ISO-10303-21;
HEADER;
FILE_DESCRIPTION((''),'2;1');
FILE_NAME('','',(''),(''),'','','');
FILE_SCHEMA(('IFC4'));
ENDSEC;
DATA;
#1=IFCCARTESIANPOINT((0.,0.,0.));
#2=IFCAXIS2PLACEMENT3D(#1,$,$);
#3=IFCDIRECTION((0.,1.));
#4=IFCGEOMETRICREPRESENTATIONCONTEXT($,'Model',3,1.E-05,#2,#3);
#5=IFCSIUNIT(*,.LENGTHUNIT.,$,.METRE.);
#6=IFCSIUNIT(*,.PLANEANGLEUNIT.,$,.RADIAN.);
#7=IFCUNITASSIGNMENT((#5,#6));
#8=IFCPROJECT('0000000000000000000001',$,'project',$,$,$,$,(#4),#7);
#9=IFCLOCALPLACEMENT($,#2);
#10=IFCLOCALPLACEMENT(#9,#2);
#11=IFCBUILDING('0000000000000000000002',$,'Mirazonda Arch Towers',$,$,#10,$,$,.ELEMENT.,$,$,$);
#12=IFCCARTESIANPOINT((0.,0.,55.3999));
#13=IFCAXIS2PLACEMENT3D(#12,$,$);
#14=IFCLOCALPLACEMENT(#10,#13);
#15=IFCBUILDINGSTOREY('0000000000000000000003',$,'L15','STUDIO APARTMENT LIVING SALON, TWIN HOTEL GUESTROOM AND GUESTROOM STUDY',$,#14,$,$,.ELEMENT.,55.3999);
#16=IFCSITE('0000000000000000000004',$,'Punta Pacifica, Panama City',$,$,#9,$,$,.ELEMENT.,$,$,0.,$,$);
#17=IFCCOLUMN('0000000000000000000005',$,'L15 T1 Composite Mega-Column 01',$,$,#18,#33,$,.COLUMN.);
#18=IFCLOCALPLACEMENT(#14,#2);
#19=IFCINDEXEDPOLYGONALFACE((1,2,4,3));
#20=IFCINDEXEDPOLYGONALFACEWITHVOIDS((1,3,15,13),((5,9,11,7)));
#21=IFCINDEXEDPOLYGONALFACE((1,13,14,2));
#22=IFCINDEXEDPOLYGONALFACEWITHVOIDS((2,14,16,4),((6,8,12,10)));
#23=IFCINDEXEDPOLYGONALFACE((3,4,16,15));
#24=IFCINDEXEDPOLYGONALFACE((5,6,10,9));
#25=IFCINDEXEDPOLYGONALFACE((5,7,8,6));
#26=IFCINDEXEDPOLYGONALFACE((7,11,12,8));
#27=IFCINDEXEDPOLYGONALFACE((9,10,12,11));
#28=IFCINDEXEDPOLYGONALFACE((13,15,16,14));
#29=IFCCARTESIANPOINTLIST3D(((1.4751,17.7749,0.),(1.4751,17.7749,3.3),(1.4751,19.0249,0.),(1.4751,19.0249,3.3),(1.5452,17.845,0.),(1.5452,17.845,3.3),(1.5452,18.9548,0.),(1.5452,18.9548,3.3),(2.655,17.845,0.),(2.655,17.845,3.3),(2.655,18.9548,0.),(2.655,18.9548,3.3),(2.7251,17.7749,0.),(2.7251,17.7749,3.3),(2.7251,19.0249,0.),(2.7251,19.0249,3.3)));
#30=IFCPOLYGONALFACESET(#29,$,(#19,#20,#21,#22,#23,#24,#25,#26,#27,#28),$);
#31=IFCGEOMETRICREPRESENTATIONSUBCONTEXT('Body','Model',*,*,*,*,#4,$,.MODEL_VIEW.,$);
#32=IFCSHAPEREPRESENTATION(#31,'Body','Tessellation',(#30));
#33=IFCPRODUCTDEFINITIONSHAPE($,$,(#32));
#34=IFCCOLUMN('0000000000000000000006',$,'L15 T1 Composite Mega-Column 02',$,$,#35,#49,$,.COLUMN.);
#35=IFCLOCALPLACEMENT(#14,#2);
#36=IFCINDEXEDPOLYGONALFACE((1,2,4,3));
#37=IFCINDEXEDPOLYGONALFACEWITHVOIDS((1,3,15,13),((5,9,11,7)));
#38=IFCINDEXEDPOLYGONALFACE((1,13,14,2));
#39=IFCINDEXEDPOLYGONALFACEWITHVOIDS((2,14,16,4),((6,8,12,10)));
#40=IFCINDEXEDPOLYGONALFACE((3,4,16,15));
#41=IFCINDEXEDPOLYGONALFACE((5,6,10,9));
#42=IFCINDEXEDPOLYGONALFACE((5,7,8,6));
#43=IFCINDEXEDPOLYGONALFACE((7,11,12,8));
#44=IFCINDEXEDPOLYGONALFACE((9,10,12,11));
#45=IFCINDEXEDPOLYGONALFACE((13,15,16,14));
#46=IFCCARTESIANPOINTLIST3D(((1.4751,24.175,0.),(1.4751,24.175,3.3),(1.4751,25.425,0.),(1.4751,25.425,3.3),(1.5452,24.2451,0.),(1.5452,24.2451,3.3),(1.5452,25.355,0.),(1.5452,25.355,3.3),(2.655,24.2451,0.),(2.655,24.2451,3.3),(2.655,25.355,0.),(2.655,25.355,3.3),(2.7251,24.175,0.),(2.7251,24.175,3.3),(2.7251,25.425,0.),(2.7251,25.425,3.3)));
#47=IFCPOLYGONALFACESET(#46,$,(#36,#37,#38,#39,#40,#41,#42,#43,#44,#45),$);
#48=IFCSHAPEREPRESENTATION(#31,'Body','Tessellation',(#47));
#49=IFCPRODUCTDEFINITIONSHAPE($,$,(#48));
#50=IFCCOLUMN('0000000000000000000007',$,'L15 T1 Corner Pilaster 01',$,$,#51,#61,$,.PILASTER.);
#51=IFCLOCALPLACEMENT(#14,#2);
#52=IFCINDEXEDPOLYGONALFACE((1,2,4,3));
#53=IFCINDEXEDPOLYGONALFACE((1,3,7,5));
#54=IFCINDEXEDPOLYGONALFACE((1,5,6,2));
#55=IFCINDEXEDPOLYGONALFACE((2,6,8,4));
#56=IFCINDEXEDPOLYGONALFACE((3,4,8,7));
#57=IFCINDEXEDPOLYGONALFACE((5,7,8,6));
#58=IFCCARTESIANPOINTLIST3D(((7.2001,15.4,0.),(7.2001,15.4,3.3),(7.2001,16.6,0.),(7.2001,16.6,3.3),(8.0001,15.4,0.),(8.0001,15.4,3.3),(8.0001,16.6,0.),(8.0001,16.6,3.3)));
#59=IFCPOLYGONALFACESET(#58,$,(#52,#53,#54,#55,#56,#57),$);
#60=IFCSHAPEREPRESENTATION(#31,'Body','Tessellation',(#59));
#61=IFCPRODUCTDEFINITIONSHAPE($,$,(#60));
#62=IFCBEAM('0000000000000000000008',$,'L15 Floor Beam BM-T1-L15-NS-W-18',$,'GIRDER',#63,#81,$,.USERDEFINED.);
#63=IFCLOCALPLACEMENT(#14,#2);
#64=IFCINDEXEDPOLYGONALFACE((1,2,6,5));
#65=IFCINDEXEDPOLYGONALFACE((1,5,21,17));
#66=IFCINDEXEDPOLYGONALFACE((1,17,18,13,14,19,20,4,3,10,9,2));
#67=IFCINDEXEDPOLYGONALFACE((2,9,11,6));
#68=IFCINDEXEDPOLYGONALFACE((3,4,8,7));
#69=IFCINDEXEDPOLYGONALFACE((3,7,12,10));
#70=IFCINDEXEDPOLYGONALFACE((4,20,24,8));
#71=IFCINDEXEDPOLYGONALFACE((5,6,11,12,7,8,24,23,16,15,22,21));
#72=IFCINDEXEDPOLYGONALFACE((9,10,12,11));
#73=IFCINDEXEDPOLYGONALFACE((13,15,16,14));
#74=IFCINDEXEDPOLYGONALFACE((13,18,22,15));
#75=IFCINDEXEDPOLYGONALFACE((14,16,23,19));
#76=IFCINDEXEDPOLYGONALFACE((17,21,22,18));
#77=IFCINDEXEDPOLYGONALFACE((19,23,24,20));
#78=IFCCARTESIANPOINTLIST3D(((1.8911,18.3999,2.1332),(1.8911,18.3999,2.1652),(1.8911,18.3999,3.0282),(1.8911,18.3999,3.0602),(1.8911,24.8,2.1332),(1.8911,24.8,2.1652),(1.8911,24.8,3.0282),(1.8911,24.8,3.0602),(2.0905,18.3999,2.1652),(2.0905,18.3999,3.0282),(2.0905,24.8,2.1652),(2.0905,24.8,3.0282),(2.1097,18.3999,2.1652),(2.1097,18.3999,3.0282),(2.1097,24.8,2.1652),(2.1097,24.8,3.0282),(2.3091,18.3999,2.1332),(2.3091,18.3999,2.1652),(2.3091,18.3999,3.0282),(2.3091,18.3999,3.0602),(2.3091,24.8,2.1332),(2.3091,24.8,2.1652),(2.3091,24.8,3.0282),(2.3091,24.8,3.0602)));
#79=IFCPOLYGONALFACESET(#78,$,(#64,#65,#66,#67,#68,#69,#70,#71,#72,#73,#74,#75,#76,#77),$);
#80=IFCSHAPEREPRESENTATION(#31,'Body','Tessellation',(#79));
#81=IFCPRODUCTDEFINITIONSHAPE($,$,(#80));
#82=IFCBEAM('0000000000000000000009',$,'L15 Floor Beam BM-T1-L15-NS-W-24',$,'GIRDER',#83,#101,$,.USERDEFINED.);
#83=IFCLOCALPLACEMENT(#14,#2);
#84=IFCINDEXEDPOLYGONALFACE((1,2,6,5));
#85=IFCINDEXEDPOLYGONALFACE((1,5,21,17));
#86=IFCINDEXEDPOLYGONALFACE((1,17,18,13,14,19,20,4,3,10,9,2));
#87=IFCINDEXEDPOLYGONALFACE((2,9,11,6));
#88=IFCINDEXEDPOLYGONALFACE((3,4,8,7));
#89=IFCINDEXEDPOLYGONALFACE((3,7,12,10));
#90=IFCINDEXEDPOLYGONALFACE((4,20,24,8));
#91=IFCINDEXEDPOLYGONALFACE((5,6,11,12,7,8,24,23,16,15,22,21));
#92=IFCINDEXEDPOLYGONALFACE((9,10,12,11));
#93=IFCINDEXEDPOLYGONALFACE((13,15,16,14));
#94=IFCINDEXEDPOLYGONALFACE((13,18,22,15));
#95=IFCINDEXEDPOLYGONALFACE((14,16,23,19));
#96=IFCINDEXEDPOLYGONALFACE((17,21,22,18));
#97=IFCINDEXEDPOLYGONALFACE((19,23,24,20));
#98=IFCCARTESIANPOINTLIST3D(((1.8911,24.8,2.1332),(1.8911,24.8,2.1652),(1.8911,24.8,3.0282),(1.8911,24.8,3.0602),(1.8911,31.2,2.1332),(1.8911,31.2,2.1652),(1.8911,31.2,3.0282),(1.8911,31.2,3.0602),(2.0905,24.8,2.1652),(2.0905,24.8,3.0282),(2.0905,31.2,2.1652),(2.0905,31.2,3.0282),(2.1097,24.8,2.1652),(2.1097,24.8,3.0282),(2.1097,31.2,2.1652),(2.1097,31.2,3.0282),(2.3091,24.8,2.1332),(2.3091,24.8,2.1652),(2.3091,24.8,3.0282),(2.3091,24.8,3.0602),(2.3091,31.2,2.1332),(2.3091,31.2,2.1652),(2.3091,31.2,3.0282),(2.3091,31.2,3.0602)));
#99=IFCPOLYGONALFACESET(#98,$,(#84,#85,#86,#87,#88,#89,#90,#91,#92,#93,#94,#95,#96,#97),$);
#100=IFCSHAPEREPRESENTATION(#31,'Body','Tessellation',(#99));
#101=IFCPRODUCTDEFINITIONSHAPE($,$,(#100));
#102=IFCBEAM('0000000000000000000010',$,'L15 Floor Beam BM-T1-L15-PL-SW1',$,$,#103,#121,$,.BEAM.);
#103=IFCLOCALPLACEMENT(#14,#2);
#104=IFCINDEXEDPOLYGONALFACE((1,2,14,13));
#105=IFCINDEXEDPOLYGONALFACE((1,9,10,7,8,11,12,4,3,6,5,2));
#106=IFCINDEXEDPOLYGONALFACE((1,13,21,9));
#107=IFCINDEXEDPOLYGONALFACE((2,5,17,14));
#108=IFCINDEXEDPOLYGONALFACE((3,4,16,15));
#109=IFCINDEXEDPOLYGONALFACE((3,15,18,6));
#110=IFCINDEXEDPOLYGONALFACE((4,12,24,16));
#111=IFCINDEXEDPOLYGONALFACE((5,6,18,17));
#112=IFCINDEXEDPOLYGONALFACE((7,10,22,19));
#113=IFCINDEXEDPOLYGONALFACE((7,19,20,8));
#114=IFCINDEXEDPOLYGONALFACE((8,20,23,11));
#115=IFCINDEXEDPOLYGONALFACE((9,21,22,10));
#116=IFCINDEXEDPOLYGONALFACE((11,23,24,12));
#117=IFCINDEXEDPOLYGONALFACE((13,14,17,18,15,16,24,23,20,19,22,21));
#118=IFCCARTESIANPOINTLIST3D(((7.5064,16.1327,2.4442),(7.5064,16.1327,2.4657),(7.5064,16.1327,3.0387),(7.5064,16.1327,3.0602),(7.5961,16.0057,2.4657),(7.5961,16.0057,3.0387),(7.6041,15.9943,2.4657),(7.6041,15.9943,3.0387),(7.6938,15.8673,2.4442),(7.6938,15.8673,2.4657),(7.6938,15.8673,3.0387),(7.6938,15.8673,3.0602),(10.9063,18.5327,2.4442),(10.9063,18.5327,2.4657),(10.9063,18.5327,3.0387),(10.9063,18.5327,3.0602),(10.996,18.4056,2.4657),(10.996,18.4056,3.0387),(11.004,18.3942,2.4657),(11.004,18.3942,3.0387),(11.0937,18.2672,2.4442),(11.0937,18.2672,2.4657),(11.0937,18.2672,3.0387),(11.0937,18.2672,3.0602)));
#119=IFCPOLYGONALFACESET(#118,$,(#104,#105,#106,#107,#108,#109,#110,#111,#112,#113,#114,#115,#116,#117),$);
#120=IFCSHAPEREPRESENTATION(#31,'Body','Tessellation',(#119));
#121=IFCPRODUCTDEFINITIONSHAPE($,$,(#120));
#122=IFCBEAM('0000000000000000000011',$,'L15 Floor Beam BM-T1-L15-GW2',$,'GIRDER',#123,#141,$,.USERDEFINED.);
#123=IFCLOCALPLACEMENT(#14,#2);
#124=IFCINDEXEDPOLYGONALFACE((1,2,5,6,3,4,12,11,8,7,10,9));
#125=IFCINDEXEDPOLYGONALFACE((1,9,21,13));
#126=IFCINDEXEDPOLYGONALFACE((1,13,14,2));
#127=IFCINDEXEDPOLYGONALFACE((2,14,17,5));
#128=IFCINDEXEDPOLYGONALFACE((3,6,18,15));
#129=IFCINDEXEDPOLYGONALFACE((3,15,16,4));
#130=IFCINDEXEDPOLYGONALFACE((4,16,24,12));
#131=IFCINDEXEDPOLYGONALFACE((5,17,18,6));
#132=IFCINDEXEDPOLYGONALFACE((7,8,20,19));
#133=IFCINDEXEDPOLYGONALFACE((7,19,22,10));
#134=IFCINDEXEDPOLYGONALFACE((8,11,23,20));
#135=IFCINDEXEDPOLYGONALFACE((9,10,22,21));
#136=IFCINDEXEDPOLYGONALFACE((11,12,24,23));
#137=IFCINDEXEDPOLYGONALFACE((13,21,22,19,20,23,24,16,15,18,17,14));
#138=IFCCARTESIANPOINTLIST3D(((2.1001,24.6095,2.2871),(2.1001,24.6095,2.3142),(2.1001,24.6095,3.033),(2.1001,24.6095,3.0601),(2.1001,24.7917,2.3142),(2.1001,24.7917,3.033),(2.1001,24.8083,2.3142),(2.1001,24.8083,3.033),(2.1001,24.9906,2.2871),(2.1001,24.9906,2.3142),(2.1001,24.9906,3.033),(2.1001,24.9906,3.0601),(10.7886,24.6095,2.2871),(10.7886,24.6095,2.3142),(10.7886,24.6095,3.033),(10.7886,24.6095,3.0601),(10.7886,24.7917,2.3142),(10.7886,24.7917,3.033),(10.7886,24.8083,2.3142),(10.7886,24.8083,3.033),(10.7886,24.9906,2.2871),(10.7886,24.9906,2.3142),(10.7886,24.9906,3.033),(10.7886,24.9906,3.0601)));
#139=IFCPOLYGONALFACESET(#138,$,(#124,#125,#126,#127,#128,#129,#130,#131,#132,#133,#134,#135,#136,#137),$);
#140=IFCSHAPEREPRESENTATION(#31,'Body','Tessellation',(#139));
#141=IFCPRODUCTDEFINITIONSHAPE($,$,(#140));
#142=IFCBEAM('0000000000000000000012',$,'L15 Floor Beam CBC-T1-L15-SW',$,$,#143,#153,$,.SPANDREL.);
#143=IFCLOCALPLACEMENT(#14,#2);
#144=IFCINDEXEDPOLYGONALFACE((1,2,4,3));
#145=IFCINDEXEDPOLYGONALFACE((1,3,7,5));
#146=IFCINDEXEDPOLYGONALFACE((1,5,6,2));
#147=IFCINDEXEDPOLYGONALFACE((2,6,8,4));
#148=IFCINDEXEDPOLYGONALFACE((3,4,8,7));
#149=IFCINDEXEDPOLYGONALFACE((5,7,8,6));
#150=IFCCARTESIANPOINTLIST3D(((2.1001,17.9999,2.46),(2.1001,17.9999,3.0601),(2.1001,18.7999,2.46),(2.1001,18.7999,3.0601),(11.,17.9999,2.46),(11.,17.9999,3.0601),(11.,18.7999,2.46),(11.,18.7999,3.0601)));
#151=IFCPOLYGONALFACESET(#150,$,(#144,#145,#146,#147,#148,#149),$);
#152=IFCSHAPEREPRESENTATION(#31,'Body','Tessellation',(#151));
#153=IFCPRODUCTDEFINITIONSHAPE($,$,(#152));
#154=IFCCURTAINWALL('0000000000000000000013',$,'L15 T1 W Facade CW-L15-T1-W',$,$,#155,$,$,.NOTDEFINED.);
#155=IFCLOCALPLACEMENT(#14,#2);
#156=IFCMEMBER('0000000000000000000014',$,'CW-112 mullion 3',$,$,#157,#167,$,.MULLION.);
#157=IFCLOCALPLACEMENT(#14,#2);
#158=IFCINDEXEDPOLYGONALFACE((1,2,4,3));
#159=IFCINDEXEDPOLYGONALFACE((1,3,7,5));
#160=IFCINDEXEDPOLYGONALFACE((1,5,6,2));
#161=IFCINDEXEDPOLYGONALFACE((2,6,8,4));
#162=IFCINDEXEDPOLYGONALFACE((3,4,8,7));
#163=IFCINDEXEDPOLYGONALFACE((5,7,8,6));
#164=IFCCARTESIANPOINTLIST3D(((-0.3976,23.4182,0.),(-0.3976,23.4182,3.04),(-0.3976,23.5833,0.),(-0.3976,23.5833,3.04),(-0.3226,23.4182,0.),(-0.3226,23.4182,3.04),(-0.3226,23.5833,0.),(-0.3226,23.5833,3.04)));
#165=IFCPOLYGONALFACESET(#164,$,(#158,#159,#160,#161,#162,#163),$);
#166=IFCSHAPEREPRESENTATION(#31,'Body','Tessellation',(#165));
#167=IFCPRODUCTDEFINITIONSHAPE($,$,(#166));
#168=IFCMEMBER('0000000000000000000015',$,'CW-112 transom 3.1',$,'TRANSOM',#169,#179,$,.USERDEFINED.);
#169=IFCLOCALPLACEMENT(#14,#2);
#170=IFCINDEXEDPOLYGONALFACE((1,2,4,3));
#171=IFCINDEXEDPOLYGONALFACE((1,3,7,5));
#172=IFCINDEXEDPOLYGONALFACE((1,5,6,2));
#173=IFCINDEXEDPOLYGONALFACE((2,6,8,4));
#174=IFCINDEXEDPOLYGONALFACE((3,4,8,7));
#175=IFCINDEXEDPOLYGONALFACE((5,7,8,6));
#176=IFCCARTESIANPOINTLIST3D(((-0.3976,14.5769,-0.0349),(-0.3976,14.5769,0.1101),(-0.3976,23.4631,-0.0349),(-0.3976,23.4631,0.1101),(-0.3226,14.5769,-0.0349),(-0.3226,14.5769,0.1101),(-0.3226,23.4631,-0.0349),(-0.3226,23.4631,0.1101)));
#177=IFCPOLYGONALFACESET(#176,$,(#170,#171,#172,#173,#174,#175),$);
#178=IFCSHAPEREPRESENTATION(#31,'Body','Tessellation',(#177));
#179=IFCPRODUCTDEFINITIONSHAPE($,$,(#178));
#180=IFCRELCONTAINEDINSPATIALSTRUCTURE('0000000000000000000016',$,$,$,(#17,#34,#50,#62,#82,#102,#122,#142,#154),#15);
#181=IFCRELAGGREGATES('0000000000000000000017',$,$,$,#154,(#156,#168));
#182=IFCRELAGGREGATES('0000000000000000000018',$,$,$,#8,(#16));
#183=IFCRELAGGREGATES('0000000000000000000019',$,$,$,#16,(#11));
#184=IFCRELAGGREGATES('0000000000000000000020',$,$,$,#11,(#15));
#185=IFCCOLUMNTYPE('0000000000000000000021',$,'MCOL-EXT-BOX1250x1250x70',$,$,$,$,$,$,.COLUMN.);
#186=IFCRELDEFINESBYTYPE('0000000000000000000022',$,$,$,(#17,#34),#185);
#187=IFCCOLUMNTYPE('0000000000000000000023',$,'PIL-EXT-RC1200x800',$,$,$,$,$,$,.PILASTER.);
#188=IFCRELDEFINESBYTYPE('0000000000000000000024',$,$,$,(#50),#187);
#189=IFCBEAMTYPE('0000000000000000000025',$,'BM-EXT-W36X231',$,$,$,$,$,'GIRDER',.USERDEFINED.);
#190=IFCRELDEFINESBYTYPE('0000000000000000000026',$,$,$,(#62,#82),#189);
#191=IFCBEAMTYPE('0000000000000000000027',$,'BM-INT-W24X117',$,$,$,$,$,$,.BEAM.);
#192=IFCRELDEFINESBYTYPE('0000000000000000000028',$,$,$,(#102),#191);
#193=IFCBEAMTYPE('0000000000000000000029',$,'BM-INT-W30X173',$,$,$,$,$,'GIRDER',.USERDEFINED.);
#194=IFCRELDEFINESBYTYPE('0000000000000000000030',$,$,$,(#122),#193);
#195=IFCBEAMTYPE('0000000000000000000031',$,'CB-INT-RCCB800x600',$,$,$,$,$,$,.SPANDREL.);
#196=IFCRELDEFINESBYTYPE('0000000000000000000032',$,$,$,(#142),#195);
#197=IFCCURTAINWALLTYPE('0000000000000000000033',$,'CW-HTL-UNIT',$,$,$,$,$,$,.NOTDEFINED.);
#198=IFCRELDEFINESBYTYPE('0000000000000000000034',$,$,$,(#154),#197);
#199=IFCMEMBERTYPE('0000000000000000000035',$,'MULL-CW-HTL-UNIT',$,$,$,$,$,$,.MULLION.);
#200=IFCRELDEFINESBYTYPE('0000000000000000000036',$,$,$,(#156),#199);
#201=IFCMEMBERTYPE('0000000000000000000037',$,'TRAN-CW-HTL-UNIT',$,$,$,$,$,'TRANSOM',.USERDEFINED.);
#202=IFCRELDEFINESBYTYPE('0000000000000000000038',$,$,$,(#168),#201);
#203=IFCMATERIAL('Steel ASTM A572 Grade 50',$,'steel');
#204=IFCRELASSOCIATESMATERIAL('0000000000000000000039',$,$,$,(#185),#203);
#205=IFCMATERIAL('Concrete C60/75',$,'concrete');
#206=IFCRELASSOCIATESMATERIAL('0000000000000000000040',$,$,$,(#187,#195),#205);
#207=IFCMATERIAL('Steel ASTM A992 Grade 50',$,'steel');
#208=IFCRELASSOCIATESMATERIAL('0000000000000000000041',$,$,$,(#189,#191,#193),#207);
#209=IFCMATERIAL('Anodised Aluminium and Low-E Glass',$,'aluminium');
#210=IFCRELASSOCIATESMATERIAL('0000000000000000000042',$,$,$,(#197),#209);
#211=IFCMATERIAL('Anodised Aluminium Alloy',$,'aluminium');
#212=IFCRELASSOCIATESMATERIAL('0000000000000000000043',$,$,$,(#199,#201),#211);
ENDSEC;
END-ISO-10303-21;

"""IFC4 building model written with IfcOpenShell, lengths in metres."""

from ifc_helpers import new_model, si_unit, direction, frame, origin, origin_2d, place, context, subcontext, project, spatial, rectangle, hollow_rectangle, i_section, extrude, material, material_profile, profile_set, type_object, element, aggregate, save


model = new_model("IFC4")

# Units and contexts
model_context = context("Model", 3, precision=1e-05, world=origin(), true_north=direction((0.0, 1.0)))
body_context = subcontext(model_context, "Body", "Model", "MODEL_VIEW")
ifc_project = project(units=[si_unit("LENGTHUNIT", "METRE"), si_unit("PLANEANGLEUNIT", "RADIAN")], contexts=[model_context])

# Site, building, storey
site_placement = place(None, origin())
site = spatial("IfcSite", under=ifc_project, at=site_placement, Name="Punta Pacifica, Panama City", CompositionType="ELEMENT", RefElevation=0.0)
building_placement = place(site_placement, origin())
building = spatial("IfcBuilding", under=site, at=building_placement, Name="Mirazonda Arch Towers", CompositionType="ELEMENT")
storey_placement = place(building_placement, frame((0.0, 0.0, 55.3999)))
storey = spatial("IfcBuildingStorey", under=building, at=storey_placement, Name="L15", Description="STUDIO APARTMENT LIVING SALON, TWIN HOTEL GUESTROOM AND GUESTROOM STUDY", CompositionType="ELEMENT", Elevation=55.3999)

# Columns
ifc_material_1 = material(Name="Steel ASTM A572 Grade 50", Category="steel")
ifc_material_profile_1 = material_profile(ifc_material_1, hollow_rectangle(XDim=1.25, YDim=1.25, WallThickness=0.0701, at=origin_2d()), Name="BOX1250x1250x70")
ifc_profile_set_1 = profile_set([ifc_material_profile_1], Name="Steel ASTM A572 Grade 50")
column_type_1 = type_object("IfcColumnType", Name="MCOL-EXT-BOX1250x1250x70", PredefinedType="COLUMN", material=ifc_profile_set_1)
for number, where, z_axis, x_axis, name in (
    (1, (2.1001, 18.3999, 0.0), (0.0, 0.0, 1.0), (1.0, 0.0, 0.0), "L15 T1 Composite Mega-Column 01"),
    (2, (2.1001, 24.8, 0.0), (0.0, 0.0, 1.0), (1.0, 0.0, 0.0), "L15 T1 Composite Mega-Column 02"),
):
    element("IfcColumn", number, at=place(storey_placement, frame(where, z_axis=z_axis, x_axis=x_axis)), inside=storey, type_object=column_type_1, Name=name, PredefinedType="COLUMN", context=body_context, shape_type="SweptSolid", body=[
        extrude(hollow_rectangle(XDim=1.25, YDim=1.25, WallThickness=0.0701, at=origin_2d()), origin(), (0.0, 0.0, 1.0), 3.3),
    ])
ifc_material_2 = material(Name="Concrete C60/75", Category="concrete")
ifc_material_profile_2 = material_profile(ifc_material_2, rectangle(XDim=0.8, YDim=1.2, at=origin_2d()), Name="RC1200x800")
ifc_profile_set_2 = profile_set([ifc_material_profile_2], Name="Concrete C60/75")
column_type_2 = type_object("IfcColumnType", Name="PIL-EXT-RC1200x800", PredefinedType="PILASTER", material=ifc_profile_set_2)
column_placement = place(storey_placement, frame((7.6001, 16.0, 0.0), z_axis=(0.0, 0.0, 1.0), x_axis=(1.0, 0.0, 0.0)))
element("IfcColumn", 3, at=column_placement, inside=storey, type_object=column_type_2, Name="L15 T1 Corner Pilaster 01", PredefinedType="PILASTER", context=body_context, shape_type="SweptSolid", body=[
    extrude(rectangle(XDim=0.8, YDim=1.2, at=origin_2d()), origin(), (0.0, 0.0, 1.0), 3.3),
])

# Beams
ifc_material_3 = material(Name="Steel ASTM A992 Grade 50", Category="steel")
ifc_material_profile_3 = material_profile(ifc_material_3, i_section(OverallWidth=0.418, OverallDepth=0.927, WebThickness=0.0193, FlangeThickness=0.032, at=origin_2d()), Name="W36X231")
ifc_profile_set_3 = profile_set([ifc_material_profile_3], Name="Steel ASTM A992 Grade 50")
beam_type_1 = type_object("IfcBeamType", Name="BM-EXT-W36X231", ElementType="GIRDER", PredefinedType="USERDEFINED", material=ifc_profile_set_3)
beam_1_placement = place(storey_placement, frame((2.1001, 18.3999, 2.5967), z_axis=(0.0, 1.0, 0.0), x_axis=(-1.0, 0.0, 0.0)))
element("IfcBeam", 4, at=beam_1_placement, inside=storey, type_object=beam_type_1, Name="L15 Floor Beam BM-T1-L15-NS-W-18", ObjectType="GIRDER", PredefinedType="USERDEFINED", context=body_context, shape_type="SweptSolid", body=[
    extrude(i_section(OverallWidth=0.418, OverallDepth=0.927, WebThickness=0.0193, FlangeThickness=0.032, at=origin_2d()), origin(), (0.0, 0.0, 1.0), 6.4001),
])
beam_2_placement = place(storey_placement, frame((2.1001, 24.8, 2.5967), z_axis=(0.0, 1.0, 0.0), x_axis=(-1.0, 0.0, 0.0)))
element("IfcBeam", 5, at=beam_2_placement, inside=storey, type_object=beam_type_1, Name="L15 Floor Beam BM-T1-L15-NS-W-24", ObjectType="GIRDER", PredefinedType="USERDEFINED", context=body_context, shape_type="SweptSolid", body=[
    extrude(i_section(OverallWidth=0.418, OverallDepth=0.927, WebThickness=0.0193, FlangeThickness=0.032, at=origin_2d()), origin(), (0.0, 0.0, 1.0), 6.3999),
])
ifc_material_profile_4 = material_profile(ifc_material_3, i_section(OverallWidth=0.325, OverallDepth=0.616, WebThickness=0.0139, FlangeThickness=0.0215, at=origin_2d()), Name="W24X117")
ifc_profile_set_4 = profile_set([ifc_material_profile_4], Name="Steel ASTM A992 Grade 50")
beam_type_2 = type_object("IfcBeamType", Name="BM-INT-W24X117", PredefinedType="BEAM", material=ifc_profile_set_4)
beam_3_placement = place(storey_placement, frame((7.6001, 16.0, 2.7522), z_axis=(0.816971, 0.576679, 0.0), x_axis=(-0.576679, 0.816971, 0.0)))
element("IfcBeam", 6, at=beam_3_placement, inside=storey, type_object=beam_type_2, Name="L15 Floor Beam BM-T1-L15-PL-SW1", PredefinedType="BEAM", context=body_context, shape_type="SweptSolid", body=[
    extrude(i_section(OverallWidth=0.325, OverallDepth=0.616, WebThickness=0.0139, FlangeThickness=0.0215, at=origin_2d()), origin(), (0.0, 0.0, 1.0), 4.1616),
])
ifc_material_profile_5 = material_profile(ifc_material_3, i_section(OverallWidth=0.3811, OverallDepth=0.7729, WebThickness=0.0166, FlangeThickness=0.0271, at=origin_2d()), Name="W30X173")
ifc_profile_set_5 = profile_set([ifc_material_profile_5], Name="Steel ASTM A992 Grade 50")
beam_type_3 = type_object("IfcBeamType", Name="BM-INT-W30X173", ElementType="GIRDER", PredefinedType="USERDEFINED", material=ifc_profile_set_5)
beam_4_placement = place(storey_placement, frame((2.1001, 24.8, 2.6736), z_axis=(1.0, 0.0, 0.0), x_axis=(0.0, 1.0, 0.0)))
element("IfcBeam", 7, at=beam_4_placement, inside=storey, type_object=beam_type_3, Name="L15 Floor Beam BM-T1-L15-GW2", ObjectType="GIRDER", PredefinedType="USERDEFINED", context=body_context, shape_type="SweptSolid", body=[
    extrude(i_section(OverallWidth=0.3811, OverallDepth=0.7729, WebThickness=0.0166, FlangeThickness=0.0271, at=origin_2d()), origin(), (0.0, 0.0, 1.0), 8.6885),
])
ifc_material_profile_6 = material_profile(ifc_material_2, rectangle(XDim=0.8, YDim=0.6001, at=origin_2d()), Name="RCCB800x600")
ifc_profile_set_6 = profile_set([ifc_material_profile_6], Name="Concrete C60/75")
beam_type_4 = type_object("IfcBeamType", Name="CB-INT-RCCB800x600", PredefinedType="SPANDREL", material=ifc_profile_set_6)
beam_5_placement = place(storey_placement, frame((2.1001, 18.3999, 2.76), z_axis=(1.0, 0.0, 0.0), x_axis=(0.0, 1.0, 0.0)))
element("IfcBeam", 8, at=beam_5_placement, inside=storey, type_object=beam_type_4, Name="L15 Floor Beam CBC-T1-L15-SW", PredefinedType="SPANDREL", context=body_context, shape_type="SweptSolid", body=[
    extrude(rectangle(XDim=0.8, YDim=0.6001, at=origin_2d()), origin(), (0.0, 0.0, 1.0), 8.8999),
])

# Curtain wall, members
ifc_material_4 = material(Name="Anodised Aluminium and Low-E Glass", Category="aluminium")
curtain_wall_type = type_object("IfcCurtainWallType", Name="CW-HTL-UNIT", PredefinedType="NOTDEFINED", material=ifc_material_4)
curtain_wall_placement = place(storey_placement, origin())
curtain_wall = element("IfcCurtainWall", 9, at=curtain_wall_placement, inside=storey, type_object=curtain_wall_type, Name="L15 T1 W Facade CW-L15-T1-W", PredefinedType="NOTDEFINED")
ifc_material_5 = material(Name="Anodised Aluminium Alloy", Category="aluminium")
ifc_material_profile_7 = material_profile(ifc_material_5, rectangle(XDim=0.075, YDim=0.165, at=origin_2d()), Name="ALU-MULL-75x165")
ifc_profile_set_7 = profile_set([ifc_material_profile_7], Name="Anodised Aluminium Alloy")
member_type_1 = type_object("IfcMemberType", Name="MULL-CW-HTL-UNIT", PredefinedType="MULLION", material=ifc_profile_set_7)
member_1_placement = place(storey_placement, frame((-0.3601, 23.5007, 0.0), z_axis=(0.0, 0.0, 1.0), x_axis=(1.0, 0.0, 0.0)))
member_1 = element("IfcMember", 10, at=member_1_placement, type_object=member_type_1, Name="CW-112 mullion 3", PredefinedType="MULLION", context=body_context, shape_type="SweptSolid", body=[
    extrude(rectangle(XDim=0.075, YDim=0.165, at=origin_2d()), origin(), (0.0, 0.0, 1.0), 3.04),
])
ifc_material_profile_8 = material_profile(ifc_material_5, rectangle(XDim=0.075, YDim=0.145, at=origin_2d()), Name="ALU-TRAN-75x145")
ifc_profile_set_8 = profile_set([ifc_material_profile_8], Name="Anodised Aluminium Alloy")
member_type_2 = type_object("IfcMemberType", Name="TRAN-CW-HTL-UNIT", ElementType="TRANSOM", PredefinedType="USERDEFINED", material=ifc_profile_set_8)
member_2_placement = place(storey_placement, frame((-0.3601, 23.4631, 0.0376), z_axis=(0.0, -1.0, 0.0), x_axis=(1.0, 0.0, 0.0)))
member_2 = element("IfcMember", 11, at=member_2_placement, type_object=member_type_2, Name="CW-112 transom 3.1", ObjectType="TRANSOM", PredefinedType="USERDEFINED", context=body_context, shape_type="SweptSolid", body=[
    extrude(rectangle(XDim=0.075, YDim=0.145, at=origin_2d()), origin(), (0.0, 0.0, 1.0), 8.8862),
])
aggregate(curtain_wall, [member_1, member_2])

save(model, "model.ifc")
